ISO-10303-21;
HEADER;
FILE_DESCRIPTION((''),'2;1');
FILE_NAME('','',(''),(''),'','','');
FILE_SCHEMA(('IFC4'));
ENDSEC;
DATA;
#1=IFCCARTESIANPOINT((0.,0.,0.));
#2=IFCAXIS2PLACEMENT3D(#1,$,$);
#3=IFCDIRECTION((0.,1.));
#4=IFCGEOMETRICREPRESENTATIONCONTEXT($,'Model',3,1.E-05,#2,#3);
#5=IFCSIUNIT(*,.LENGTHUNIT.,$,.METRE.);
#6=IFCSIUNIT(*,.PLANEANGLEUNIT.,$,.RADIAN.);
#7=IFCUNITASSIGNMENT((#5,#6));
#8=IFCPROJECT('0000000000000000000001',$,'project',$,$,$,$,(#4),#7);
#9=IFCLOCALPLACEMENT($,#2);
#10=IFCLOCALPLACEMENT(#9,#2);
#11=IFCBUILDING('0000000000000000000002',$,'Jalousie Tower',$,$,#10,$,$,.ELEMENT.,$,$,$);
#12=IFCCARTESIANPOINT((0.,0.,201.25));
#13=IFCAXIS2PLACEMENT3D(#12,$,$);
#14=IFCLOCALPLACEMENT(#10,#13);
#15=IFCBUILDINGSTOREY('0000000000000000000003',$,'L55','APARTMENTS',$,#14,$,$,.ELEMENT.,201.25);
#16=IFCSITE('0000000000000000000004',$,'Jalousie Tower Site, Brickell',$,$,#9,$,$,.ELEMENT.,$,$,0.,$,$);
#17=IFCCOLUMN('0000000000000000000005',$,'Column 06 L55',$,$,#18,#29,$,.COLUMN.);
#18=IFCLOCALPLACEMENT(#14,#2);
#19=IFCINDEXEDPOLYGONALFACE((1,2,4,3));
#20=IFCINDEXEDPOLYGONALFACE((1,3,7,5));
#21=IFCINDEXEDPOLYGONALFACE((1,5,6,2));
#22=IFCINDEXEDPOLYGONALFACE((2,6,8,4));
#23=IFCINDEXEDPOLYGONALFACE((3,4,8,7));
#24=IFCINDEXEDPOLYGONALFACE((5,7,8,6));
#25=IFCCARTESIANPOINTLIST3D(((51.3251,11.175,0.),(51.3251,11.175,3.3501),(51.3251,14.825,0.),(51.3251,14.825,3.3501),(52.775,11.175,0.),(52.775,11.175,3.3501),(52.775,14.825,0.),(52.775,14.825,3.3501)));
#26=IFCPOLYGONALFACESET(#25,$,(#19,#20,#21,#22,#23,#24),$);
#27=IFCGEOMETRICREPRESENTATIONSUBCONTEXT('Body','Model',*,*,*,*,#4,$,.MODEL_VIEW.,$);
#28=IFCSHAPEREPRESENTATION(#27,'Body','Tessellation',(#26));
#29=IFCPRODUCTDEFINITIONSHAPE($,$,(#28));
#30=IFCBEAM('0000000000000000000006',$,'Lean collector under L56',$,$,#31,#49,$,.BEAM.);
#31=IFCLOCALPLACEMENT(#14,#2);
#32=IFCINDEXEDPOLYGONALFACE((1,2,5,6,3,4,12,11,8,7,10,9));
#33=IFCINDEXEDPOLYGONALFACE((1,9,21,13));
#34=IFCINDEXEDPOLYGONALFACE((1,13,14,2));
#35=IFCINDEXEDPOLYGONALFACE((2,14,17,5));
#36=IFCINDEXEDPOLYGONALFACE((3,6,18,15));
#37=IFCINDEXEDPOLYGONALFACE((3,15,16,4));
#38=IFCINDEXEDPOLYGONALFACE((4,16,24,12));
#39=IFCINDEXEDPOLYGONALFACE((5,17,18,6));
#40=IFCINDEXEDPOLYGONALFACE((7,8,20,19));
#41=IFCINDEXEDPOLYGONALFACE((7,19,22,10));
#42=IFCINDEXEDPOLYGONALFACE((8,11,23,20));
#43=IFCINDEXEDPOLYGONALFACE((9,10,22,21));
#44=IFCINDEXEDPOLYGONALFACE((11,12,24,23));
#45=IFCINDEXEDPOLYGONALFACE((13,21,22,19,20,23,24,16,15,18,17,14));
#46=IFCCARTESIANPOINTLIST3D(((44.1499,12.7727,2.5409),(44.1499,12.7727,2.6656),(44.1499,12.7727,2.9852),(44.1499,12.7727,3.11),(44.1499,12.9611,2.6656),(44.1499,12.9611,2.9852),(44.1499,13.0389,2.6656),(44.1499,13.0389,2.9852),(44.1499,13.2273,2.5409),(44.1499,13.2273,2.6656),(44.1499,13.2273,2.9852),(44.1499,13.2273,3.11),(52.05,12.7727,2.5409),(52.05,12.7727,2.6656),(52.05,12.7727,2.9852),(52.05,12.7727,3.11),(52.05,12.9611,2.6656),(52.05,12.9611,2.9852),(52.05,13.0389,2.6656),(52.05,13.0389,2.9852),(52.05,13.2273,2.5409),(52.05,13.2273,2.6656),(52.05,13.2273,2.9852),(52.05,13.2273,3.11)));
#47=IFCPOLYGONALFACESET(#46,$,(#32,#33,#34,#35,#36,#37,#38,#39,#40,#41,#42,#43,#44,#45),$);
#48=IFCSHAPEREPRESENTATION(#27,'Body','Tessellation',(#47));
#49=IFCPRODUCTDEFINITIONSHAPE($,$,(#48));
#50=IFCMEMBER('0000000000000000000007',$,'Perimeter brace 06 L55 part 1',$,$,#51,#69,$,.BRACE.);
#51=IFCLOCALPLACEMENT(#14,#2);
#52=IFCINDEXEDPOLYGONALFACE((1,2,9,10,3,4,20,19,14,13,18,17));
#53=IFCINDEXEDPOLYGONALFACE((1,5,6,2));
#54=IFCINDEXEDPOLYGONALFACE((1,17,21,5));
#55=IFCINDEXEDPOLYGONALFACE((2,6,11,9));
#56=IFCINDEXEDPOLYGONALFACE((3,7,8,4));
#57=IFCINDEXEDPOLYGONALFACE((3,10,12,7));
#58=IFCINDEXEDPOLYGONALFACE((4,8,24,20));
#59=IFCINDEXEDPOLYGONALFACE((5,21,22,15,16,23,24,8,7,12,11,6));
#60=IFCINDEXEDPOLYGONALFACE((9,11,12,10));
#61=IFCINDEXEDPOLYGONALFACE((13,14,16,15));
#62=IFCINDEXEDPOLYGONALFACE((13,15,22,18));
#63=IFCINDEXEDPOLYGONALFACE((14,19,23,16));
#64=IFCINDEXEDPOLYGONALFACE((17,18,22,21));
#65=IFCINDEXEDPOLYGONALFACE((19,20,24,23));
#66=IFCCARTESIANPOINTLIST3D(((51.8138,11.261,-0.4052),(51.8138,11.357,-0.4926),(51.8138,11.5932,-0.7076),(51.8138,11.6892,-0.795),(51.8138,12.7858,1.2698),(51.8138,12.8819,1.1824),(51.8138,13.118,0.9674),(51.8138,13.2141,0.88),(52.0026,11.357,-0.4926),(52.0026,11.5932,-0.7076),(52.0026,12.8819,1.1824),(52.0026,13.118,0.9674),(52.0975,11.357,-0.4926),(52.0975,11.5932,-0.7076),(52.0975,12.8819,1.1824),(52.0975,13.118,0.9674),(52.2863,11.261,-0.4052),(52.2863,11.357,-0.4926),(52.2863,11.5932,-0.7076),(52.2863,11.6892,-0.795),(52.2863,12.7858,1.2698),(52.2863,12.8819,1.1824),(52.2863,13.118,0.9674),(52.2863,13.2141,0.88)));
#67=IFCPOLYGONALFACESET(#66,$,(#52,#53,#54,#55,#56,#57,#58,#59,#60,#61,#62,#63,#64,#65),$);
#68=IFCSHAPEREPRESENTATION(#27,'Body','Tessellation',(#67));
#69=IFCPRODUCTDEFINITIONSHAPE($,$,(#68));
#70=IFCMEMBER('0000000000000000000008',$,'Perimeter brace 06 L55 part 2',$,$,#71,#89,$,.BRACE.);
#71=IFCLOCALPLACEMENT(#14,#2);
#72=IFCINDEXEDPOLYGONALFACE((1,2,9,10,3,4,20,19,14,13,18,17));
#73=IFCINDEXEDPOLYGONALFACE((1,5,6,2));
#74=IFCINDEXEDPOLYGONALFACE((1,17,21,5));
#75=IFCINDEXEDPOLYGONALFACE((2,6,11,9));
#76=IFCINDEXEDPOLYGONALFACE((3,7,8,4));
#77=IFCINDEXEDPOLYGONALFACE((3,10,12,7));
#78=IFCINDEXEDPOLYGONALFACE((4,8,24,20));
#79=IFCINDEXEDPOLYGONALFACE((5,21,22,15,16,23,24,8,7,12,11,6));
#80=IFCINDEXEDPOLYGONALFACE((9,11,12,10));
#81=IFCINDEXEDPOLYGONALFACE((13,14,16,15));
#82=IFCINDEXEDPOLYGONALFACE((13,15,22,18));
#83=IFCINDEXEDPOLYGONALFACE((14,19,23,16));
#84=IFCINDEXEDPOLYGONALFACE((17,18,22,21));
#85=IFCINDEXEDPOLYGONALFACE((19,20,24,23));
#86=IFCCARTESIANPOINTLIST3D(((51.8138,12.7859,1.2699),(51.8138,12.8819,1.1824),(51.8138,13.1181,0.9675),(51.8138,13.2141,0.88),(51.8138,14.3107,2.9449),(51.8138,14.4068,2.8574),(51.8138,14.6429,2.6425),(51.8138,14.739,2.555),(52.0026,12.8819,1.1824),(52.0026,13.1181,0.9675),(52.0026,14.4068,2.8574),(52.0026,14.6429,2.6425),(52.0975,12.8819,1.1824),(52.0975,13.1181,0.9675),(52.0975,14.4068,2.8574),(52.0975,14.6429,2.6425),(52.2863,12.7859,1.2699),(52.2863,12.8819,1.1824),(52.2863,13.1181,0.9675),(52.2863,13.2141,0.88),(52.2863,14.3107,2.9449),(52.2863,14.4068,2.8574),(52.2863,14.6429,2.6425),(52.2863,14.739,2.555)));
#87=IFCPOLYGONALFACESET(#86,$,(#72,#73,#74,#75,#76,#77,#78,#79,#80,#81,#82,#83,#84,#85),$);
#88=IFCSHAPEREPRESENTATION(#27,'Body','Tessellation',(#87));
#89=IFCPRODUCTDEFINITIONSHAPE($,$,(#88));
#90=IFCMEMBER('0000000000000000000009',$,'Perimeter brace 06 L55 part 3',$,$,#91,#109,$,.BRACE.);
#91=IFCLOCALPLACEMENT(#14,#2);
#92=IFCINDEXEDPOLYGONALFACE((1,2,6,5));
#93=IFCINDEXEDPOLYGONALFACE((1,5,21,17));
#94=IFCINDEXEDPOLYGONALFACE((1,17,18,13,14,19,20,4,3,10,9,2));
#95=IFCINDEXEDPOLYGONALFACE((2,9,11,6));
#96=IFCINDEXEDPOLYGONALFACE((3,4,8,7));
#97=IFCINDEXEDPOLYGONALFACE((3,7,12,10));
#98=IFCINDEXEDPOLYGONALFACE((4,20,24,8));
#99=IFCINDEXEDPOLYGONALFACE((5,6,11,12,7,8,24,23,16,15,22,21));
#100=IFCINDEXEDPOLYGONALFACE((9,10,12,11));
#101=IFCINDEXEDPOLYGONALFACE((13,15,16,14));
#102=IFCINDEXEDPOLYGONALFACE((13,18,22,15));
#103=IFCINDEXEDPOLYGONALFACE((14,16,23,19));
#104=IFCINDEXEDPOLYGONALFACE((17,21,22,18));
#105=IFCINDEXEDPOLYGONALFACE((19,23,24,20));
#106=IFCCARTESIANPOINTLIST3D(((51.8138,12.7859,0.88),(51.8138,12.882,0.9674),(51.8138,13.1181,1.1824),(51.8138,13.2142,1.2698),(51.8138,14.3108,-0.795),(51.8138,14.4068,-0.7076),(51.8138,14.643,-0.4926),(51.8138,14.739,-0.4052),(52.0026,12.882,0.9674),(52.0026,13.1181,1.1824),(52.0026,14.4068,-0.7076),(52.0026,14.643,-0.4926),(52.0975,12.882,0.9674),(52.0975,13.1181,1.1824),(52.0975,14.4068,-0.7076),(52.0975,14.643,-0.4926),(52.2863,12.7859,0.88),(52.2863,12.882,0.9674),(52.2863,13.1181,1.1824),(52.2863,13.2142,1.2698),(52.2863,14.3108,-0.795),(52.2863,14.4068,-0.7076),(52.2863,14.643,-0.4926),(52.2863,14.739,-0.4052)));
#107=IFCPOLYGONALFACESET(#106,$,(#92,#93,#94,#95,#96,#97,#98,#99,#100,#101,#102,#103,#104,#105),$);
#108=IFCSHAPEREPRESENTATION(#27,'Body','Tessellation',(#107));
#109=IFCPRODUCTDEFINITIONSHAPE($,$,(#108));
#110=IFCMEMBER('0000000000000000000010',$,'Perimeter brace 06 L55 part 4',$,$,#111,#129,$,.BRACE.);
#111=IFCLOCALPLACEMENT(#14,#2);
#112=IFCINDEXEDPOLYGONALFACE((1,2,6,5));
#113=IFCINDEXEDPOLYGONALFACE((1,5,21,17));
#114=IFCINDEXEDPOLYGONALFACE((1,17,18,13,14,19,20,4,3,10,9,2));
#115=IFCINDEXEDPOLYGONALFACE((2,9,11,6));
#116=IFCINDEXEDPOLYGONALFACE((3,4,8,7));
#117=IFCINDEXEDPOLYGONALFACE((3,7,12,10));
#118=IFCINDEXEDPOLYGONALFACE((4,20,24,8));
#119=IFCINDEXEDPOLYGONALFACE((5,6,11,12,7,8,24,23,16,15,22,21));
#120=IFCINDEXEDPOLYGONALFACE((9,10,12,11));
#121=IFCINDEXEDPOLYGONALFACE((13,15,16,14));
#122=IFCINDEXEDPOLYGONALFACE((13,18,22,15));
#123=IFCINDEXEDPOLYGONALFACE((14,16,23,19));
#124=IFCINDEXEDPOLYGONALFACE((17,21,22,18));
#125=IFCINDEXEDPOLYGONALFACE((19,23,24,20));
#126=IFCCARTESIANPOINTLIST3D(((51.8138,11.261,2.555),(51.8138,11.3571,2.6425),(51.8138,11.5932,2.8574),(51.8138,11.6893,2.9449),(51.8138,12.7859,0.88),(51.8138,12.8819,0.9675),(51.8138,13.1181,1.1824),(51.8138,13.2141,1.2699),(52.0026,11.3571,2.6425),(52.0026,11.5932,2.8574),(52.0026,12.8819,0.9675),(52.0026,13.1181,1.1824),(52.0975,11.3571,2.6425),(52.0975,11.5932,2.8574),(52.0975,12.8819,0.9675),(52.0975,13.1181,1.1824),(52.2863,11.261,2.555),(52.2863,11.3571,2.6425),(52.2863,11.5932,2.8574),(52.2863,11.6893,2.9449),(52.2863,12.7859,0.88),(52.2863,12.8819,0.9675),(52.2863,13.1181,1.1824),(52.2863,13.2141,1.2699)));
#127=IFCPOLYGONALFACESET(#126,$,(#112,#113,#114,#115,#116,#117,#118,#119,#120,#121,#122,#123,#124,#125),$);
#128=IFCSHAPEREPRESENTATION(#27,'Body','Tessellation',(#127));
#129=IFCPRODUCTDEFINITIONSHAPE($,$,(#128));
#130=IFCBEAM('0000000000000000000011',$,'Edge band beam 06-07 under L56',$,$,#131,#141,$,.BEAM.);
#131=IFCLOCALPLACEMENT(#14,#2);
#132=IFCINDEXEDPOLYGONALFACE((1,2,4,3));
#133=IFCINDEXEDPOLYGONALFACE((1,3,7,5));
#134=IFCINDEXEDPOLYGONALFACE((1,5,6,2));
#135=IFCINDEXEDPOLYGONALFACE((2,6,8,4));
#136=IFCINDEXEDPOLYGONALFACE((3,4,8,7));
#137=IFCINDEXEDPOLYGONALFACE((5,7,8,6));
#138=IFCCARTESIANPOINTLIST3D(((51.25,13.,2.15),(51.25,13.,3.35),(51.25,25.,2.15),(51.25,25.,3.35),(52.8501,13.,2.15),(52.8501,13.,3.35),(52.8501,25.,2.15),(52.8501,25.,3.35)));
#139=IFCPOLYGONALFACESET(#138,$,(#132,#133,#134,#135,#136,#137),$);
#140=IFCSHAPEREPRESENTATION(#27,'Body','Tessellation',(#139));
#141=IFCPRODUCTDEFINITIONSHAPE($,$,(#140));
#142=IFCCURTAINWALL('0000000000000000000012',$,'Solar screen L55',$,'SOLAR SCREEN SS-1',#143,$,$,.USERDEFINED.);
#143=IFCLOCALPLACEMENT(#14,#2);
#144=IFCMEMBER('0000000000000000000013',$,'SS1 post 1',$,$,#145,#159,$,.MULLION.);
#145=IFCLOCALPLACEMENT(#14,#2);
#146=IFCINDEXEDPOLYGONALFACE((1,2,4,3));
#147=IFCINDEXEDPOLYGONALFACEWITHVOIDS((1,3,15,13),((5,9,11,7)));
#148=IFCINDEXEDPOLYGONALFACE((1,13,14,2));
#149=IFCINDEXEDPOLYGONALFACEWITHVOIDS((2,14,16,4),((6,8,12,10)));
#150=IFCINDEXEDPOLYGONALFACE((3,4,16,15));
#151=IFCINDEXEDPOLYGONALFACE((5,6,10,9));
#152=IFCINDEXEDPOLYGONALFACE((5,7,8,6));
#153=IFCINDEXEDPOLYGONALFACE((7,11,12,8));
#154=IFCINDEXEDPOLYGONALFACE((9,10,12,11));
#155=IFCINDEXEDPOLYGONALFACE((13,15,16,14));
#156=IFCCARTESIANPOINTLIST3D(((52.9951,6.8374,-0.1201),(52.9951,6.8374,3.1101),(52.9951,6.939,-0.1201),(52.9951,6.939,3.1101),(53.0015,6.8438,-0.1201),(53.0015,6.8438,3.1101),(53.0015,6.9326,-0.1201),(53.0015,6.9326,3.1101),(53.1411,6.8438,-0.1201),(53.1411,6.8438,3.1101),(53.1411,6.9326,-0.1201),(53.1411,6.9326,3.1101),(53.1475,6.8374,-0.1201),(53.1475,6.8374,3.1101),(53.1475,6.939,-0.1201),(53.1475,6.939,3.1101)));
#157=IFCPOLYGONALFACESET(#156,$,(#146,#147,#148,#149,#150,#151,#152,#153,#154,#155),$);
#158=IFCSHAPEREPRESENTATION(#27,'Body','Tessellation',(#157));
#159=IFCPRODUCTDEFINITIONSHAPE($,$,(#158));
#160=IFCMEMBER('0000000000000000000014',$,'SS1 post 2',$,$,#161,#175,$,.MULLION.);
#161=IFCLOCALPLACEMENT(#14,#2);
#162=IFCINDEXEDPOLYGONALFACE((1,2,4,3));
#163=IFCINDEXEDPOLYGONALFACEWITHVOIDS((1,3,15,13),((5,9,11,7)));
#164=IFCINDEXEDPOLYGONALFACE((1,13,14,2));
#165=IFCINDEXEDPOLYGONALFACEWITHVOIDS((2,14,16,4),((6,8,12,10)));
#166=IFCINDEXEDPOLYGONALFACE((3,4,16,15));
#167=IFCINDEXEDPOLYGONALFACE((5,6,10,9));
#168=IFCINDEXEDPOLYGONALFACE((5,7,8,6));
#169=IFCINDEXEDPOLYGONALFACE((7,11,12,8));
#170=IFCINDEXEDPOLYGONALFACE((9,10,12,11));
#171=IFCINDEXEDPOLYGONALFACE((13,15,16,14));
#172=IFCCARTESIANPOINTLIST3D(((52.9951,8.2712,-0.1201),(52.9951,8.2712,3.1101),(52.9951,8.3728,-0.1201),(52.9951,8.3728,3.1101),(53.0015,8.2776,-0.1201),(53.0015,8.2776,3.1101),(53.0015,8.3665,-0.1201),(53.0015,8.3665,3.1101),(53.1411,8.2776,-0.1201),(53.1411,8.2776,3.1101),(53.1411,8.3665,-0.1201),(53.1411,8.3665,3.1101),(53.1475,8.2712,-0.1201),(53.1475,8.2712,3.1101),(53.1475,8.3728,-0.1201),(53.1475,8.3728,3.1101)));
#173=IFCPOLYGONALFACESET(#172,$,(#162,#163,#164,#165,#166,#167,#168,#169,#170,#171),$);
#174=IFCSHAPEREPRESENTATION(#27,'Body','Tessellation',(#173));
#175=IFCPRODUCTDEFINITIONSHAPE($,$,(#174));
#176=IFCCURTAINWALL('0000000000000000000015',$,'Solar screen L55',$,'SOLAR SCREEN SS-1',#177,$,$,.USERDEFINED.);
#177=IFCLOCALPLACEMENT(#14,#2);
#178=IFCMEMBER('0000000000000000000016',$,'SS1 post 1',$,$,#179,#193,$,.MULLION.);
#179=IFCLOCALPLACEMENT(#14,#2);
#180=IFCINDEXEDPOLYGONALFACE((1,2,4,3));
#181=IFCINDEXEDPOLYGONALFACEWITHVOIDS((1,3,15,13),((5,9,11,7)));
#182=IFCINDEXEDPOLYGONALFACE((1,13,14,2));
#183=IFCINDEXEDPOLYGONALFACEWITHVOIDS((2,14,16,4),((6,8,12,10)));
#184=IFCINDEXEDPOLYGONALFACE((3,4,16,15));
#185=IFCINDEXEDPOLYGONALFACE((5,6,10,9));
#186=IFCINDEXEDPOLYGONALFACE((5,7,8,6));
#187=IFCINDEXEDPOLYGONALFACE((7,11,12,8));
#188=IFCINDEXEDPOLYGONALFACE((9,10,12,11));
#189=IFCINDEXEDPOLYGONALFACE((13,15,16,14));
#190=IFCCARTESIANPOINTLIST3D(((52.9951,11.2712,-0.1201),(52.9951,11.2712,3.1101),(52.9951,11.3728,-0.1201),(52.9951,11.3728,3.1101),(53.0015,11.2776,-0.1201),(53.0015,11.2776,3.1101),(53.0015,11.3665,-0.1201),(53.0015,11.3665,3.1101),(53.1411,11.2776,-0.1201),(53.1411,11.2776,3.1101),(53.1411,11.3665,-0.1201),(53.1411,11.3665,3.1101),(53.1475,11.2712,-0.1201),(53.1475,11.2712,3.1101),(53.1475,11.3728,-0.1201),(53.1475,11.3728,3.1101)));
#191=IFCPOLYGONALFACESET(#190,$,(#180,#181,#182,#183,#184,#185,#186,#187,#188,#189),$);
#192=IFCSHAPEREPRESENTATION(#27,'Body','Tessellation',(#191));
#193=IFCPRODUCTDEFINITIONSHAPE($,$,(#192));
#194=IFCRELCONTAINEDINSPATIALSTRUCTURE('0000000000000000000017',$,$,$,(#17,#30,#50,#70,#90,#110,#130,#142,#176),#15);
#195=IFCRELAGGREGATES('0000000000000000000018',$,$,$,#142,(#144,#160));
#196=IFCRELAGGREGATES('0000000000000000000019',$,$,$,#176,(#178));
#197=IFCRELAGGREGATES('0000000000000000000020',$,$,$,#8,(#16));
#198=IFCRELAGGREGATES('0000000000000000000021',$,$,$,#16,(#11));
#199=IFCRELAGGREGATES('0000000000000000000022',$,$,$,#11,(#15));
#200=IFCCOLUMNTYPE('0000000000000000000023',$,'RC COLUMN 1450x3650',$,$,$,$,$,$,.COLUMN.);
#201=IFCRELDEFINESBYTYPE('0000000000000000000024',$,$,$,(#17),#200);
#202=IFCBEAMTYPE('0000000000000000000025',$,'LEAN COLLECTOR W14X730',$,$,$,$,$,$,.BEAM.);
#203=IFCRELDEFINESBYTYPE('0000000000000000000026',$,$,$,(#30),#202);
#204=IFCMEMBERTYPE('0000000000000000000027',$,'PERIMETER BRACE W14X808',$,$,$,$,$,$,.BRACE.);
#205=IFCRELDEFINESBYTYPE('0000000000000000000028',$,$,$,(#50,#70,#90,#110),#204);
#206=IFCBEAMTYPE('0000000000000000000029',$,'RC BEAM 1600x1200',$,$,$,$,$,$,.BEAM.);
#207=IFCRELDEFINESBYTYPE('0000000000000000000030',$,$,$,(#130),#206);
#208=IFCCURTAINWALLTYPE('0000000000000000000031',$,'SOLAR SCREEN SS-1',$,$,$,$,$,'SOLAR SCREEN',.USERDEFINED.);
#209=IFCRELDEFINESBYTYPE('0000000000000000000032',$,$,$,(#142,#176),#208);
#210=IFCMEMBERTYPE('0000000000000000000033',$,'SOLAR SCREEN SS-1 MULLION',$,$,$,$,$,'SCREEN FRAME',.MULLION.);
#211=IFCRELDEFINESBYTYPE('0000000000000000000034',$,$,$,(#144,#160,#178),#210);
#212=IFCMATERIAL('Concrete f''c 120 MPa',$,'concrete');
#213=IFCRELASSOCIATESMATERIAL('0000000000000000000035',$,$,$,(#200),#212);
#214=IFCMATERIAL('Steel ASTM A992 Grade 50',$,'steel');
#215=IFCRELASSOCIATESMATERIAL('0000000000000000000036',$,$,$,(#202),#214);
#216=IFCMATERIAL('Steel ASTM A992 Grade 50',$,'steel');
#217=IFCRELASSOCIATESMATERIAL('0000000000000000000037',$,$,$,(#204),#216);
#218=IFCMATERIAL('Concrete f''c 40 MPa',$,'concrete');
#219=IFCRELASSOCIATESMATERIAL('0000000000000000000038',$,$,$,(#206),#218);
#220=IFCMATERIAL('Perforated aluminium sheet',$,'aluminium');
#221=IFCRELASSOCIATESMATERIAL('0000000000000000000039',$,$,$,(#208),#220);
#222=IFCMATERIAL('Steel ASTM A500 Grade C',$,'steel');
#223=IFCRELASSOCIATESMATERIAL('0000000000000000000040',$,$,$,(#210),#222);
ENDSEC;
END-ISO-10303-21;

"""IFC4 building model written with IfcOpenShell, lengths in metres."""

from ifc_helpers import new_model, si_unit, direction, frame, origin, origin_2d, place, context, subcontext, project, spatial, rectangle, hollow_rectangle, i_section, extrude, material, material_profile, profile_set, type_object, element, aggregate, save


model = new_model("IFC4")

# Units and contexts
model_context = context("Model", 3, precision=1e-05, world=origin(), true_north=direction((0.0, 1.0)))
body_context = subcontext(model_context, "Body", "Model", "MODEL_VIEW")
ifc_project = project(units=[si_unit("LENGTHUNIT", "METRE"), si_unit("PLANEANGLEUNIT", "RADIAN")], contexts=[model_context])

# Site, building, storey
site_placement = place(None, origin())
site = spatial("IfcSite", under=ifc_project, at=site_placement, Name="Jalousie Tower Site, Brickell", CompositionType="ELEMENT", RefElevation=0.0)
building_placement = place(site_placement, origin())
building = spatial("IfcBuilding", under=site, at=building_placement, Name="Jalousie Tower", CompositionType="ELEMENT")
storey_placement = place(building_placement, frame((0.0, 0.0, 201.25)))
storey = spatial("IfcBuildingStorey", under=building, at=storey_placement, Name="L55", Description="APARTMENTS", CompositionType="ELEMENT", Elevation=201.25)

# Column
ifc_material_1 = material(Name="Concrete f'c 120 MPa", Category="concrete")
ifc_material_profile_1 = material_profile(ifc_material_1, rectangle(XDim=1.45, YDim=3.6499, at=origin_2d()), Name="RC 1450x3650")
ifc_profile_set_1 = profile_set([ifc_material_profile_1], Name="Concrete f'c 120 MPa")
column_type = type_object("IfcColumnType", Name="RC COLUMN 1450x3650", PredefinedType="COLUMN", material=ifc_profile_set_1)
column_placement = place(storey_placement, frame((52.05, 13.0, 0.0), z_axis=(0.0, 0.0, 1.0), x_axis=(1.0, 0.0, 0.0)))
element("IfcColumn", 1, at=column_placement, inside=storey, type_object=column_type, Name="Column 06 L55", PredefinedType="COLUMN", context=body_context, shape_type="SweptSolid", body=[
    extrude(rectangle(XDim=1.45, YDim=3.6499, at=origin_2d()), origin(), (0.0, 0.0, 1.0), 3.3501),
])

# Beam
ifc_material_2 = material(Name="Steel ASTM A992 Grade 50", Category="steel")
ifc_material_profile_2 = material_profile(ifc_material_2, i_section(OverallWidth=0.4546, OverallDepth=0.5691, WebThickness=0.0779, FlangeThickness=0.1248, at=origin_2d()), Name="W14X730")
ifc_profile_set_2 = profile_set([ifc_material_profile_2], Name="Steel ASTM A992 Grade 50")
beam_type_1 = type_object("IfcBeamType", Name="LEAN COLLECTOR W14X730", PredefinedType="BEAM", material=ifc_profile_set_2)
beam_1_placement = place(storey_placement, frame((52.05, 13.0, 2.8254), z_axis=(-1.0, 0.0, 0.0), x_axis=(0.0, -1.0, 0.0)))
element("IfcBeam", 2, at=beam_1_placement, inside=storey, type_object=beam_type_1, Name="Lean collector under L56", PredefinedType="BEAM", context=body_context, shape_type="SweptSolid", body=[
    extrude(i_section(OverallWidth=0.4546, OverallDepth=0.5691, WebThickness=0.0779, FlangeThickness=0.1248, at=origin_2d()), origin(), (0.0, 0.0, 1.0), 7.9001),
])

# Members
ifc_material_3 = material(Name="Steel ASTM A992 Grade 50", Category="steel")
ifc_material_profile_3 = material_profile(ifc_material_3, i_section(OverallWidth=0.4724, OverallDepth=0.5791, WebThickness=0.095, FlangeThickness=0.1299, at=origin_2d()), Name="W14X808")
ifc_profile_set_3 = profile_set([ifc_material_profile_3], Name="Steel ASTM A992 Grade 50")
member_type_1 = type_object("IfcMemberType", Name="PERIMETER BRACE W14X808", PredefinedType="BRACE", material=ifc_profile_set_3)
for number, where, z_axis, x_axis, name in (
    (3, (52.05, 11.4751, -0.6001), (0.0, 0.673188, 0.739472), (-1.0, 0.0, 0.0), "Perimeter brace 06 L55 part 1"),
    (4, (52.05, 13.0, 1.075), (0.0, 0.673188, 0.739472), (-1.0, 0.0, 0.0), "Perimeter brace 06 L55 part 2"),
    (5, (52.05, 14.5249, -0.6001), (0.0, -0.673188, 0.739472), (1.0, 0.0, 0.0), "Perimeter brace 06 L55 part 3"),
    (6, (52.05, 13.0, 1.075), (0.0, -0.673188, 0.739472), (1.0, 0.0, 0.0), "Perimeter brace 06 L55 part 4"),
):
    element("IfcMember", number, at=place(storey_placement, frame(where, z_axis=z_axis, x_axis=x_axis)), inside=storey, type_object=member_type_1, Name=name, PredefinedType="BRACE", context=body_context, shape_type="SweptSolid", body=[
        extrude(i_section(OverallWidth=0.4724, OverallDepth=0.5791, WebThickness=0.095, FlangeThickness=0.1299, at=origin_2d()), origin(), (0.0, 0.0, 1.0), 2.2651),
    ])

# Beam
ifc_material_4 = material(Name="Concrete f'c 40 MPa", Category="concrete")
ifc_material_profile_4 = material_profile(ifc_material_4, rectangle(XDim=1.6001, YDim=1.2, at=origin_2d()), Name="RC 1600x1200")
ifc_profile_set_4 = profile_set([ifc_material_profile_4], Name="Concrete f'c 40 MPa")
beam_type_2 = type_object("IfcBeamType", Name="RC BEAM 1600x1200", PredefinedType="BEAM", material=ifc_profile_set_4)
beam_2_placement = place(storey_placement, frame((52.05, 13.0, 2.75), z_axis=(0.0, 1.0, 0.0), x_axis=(-1.0, 0.0, 0.0)))
element("IfcBeam", 7, at=beam_2_placement, inside=storey, type_object=beam_type_2, Name="Edge band beam 06-07 under L56", PredefinedType="BEAM", context=body_context, shape_type="SweptSolid", body=[
    extrude(rectangle(XDim=1.6001, YDim=1.2, at=origin_2d()), origin(), (0.0, 0.0, 1.0), 12.0),
])

# Curtain wall, members
ifc_material_5 = material(Name="Perforated aluminium sheet", Category="aluminium")
curtain_wall_type = type_object("IfcCurtainWallType", Name="SOLAR SCREEN SS-1", ElementType="SOLAR SCREEN", PredefinedType="USERDEFINED", material=ifc_material_5)
curtain_wall_1_placement = place(storey_placement, origin())
curtain_wall_1 = element("IfcCurtainWall", 8, at=curtain_wall_1_placement, inside=storey, type_object=curtain_wall_type, Name="Solar screen L55", ObjectType="SOLAR SCREEN SS-1", PredefinedType="USERDEFINED")
ifc_material_6 = material(Name="Steel ASTM A500 Grade C", Category="steel")
ifc_material_profile_5 = material_profile(ifc_material_6, hollow_rectangle(XDim=0.1016, YDim=0.1523, WallThickness=0.0063, at=origin_2d()), Name="HSS6X4X1/4")
ifc_profile_set_5 = profile_set([ifc_material_profile_5], Name="Steel ASTM A500 Grade C")
member_type_2 = type_object("IfcMemberType", Name="SOLAR SCREEN SS-1 MULLION", ElementType="SCREEN FRAME", PredefinedType="MULLION", material=ifc_profile_set_5)
member_1_placement = place(storey_placement, frame((53.0713, 6.8882, -0.1201), z_axis=(0.0, 0.0, 1.0), x_axis=(0.0, 1.0, 0.0)))
member_1 = element("IfcMember", 9, at=member_1_placement, type_object=member_type_2, Name="SS1 post 1", PredefinedType="MULLION", context=body_context, shape_type="SweptSolid", body=[
    extrude(hollow_rectangle(XDim=0.1016, YDim=0.1523, WallThickness=0.0063, at=origin_2d()), origin(), (0.0, 0.0, 1.0), 3.2302),
])
member_2_placement = place(storey_placement, frame((53.0713, 8.322, -0.1201), z_axis=(0.0, 0.0, 1.0), x_axis=(0.0, 1.0, 0.0)))
member_2 = element("IfcMember", 10, at=member_2_placement, type_object=member_type_2, Name="SS1 post 2", PredefinedType="MULLION", context=body_context, shape_type="SweptSolid", body=[
    extrude(hollow_rectangle(XDim=0.1016, YDim=0.1523, WallThickness=0.0063, at=origin_2d()), origin(), (0.0, 0.0, 1.0), 3.2302),
])

# Curtain wall, member
curtain_wall_2_placement = place(storey_placement, origin())
curtain_wall_2 = element("IfcCurtainWall", 11, at=curtain_wall_2_placement, inside=storey, type_object=curtain_wall_type, Name="Solar screen L55", ObjectType="SOLAR SCREEN SS-1", PredefinedType="USERDEFINED")
member_3_placement = place(storey_placement, frame((53.0713, 11.322, -0.1201), z_axis=(0.0, 0.0, 1.0), x_axis=(0.0, 1.0, 0.0)))
member_3 = element("IfcMember", 12, at=member_3_placement, type_object=member_type_2, Name="SS1 post 1", PredefinedType="MULLION", context=body_context, shape_type="SweptSolid", body=[
    extrude(hollow_rectangle(XDim=0.1016, YDim=0.1523, WallThickness=0.0063, at=origin_2d()), origin(), (0.0, 0.0, 1.0), 3.2302),
])

aggregate(curtain_wall_1, [member_1, member_2])
aggregate(curtain_wall_2, [member_3])

save(model, "model.ifc")
